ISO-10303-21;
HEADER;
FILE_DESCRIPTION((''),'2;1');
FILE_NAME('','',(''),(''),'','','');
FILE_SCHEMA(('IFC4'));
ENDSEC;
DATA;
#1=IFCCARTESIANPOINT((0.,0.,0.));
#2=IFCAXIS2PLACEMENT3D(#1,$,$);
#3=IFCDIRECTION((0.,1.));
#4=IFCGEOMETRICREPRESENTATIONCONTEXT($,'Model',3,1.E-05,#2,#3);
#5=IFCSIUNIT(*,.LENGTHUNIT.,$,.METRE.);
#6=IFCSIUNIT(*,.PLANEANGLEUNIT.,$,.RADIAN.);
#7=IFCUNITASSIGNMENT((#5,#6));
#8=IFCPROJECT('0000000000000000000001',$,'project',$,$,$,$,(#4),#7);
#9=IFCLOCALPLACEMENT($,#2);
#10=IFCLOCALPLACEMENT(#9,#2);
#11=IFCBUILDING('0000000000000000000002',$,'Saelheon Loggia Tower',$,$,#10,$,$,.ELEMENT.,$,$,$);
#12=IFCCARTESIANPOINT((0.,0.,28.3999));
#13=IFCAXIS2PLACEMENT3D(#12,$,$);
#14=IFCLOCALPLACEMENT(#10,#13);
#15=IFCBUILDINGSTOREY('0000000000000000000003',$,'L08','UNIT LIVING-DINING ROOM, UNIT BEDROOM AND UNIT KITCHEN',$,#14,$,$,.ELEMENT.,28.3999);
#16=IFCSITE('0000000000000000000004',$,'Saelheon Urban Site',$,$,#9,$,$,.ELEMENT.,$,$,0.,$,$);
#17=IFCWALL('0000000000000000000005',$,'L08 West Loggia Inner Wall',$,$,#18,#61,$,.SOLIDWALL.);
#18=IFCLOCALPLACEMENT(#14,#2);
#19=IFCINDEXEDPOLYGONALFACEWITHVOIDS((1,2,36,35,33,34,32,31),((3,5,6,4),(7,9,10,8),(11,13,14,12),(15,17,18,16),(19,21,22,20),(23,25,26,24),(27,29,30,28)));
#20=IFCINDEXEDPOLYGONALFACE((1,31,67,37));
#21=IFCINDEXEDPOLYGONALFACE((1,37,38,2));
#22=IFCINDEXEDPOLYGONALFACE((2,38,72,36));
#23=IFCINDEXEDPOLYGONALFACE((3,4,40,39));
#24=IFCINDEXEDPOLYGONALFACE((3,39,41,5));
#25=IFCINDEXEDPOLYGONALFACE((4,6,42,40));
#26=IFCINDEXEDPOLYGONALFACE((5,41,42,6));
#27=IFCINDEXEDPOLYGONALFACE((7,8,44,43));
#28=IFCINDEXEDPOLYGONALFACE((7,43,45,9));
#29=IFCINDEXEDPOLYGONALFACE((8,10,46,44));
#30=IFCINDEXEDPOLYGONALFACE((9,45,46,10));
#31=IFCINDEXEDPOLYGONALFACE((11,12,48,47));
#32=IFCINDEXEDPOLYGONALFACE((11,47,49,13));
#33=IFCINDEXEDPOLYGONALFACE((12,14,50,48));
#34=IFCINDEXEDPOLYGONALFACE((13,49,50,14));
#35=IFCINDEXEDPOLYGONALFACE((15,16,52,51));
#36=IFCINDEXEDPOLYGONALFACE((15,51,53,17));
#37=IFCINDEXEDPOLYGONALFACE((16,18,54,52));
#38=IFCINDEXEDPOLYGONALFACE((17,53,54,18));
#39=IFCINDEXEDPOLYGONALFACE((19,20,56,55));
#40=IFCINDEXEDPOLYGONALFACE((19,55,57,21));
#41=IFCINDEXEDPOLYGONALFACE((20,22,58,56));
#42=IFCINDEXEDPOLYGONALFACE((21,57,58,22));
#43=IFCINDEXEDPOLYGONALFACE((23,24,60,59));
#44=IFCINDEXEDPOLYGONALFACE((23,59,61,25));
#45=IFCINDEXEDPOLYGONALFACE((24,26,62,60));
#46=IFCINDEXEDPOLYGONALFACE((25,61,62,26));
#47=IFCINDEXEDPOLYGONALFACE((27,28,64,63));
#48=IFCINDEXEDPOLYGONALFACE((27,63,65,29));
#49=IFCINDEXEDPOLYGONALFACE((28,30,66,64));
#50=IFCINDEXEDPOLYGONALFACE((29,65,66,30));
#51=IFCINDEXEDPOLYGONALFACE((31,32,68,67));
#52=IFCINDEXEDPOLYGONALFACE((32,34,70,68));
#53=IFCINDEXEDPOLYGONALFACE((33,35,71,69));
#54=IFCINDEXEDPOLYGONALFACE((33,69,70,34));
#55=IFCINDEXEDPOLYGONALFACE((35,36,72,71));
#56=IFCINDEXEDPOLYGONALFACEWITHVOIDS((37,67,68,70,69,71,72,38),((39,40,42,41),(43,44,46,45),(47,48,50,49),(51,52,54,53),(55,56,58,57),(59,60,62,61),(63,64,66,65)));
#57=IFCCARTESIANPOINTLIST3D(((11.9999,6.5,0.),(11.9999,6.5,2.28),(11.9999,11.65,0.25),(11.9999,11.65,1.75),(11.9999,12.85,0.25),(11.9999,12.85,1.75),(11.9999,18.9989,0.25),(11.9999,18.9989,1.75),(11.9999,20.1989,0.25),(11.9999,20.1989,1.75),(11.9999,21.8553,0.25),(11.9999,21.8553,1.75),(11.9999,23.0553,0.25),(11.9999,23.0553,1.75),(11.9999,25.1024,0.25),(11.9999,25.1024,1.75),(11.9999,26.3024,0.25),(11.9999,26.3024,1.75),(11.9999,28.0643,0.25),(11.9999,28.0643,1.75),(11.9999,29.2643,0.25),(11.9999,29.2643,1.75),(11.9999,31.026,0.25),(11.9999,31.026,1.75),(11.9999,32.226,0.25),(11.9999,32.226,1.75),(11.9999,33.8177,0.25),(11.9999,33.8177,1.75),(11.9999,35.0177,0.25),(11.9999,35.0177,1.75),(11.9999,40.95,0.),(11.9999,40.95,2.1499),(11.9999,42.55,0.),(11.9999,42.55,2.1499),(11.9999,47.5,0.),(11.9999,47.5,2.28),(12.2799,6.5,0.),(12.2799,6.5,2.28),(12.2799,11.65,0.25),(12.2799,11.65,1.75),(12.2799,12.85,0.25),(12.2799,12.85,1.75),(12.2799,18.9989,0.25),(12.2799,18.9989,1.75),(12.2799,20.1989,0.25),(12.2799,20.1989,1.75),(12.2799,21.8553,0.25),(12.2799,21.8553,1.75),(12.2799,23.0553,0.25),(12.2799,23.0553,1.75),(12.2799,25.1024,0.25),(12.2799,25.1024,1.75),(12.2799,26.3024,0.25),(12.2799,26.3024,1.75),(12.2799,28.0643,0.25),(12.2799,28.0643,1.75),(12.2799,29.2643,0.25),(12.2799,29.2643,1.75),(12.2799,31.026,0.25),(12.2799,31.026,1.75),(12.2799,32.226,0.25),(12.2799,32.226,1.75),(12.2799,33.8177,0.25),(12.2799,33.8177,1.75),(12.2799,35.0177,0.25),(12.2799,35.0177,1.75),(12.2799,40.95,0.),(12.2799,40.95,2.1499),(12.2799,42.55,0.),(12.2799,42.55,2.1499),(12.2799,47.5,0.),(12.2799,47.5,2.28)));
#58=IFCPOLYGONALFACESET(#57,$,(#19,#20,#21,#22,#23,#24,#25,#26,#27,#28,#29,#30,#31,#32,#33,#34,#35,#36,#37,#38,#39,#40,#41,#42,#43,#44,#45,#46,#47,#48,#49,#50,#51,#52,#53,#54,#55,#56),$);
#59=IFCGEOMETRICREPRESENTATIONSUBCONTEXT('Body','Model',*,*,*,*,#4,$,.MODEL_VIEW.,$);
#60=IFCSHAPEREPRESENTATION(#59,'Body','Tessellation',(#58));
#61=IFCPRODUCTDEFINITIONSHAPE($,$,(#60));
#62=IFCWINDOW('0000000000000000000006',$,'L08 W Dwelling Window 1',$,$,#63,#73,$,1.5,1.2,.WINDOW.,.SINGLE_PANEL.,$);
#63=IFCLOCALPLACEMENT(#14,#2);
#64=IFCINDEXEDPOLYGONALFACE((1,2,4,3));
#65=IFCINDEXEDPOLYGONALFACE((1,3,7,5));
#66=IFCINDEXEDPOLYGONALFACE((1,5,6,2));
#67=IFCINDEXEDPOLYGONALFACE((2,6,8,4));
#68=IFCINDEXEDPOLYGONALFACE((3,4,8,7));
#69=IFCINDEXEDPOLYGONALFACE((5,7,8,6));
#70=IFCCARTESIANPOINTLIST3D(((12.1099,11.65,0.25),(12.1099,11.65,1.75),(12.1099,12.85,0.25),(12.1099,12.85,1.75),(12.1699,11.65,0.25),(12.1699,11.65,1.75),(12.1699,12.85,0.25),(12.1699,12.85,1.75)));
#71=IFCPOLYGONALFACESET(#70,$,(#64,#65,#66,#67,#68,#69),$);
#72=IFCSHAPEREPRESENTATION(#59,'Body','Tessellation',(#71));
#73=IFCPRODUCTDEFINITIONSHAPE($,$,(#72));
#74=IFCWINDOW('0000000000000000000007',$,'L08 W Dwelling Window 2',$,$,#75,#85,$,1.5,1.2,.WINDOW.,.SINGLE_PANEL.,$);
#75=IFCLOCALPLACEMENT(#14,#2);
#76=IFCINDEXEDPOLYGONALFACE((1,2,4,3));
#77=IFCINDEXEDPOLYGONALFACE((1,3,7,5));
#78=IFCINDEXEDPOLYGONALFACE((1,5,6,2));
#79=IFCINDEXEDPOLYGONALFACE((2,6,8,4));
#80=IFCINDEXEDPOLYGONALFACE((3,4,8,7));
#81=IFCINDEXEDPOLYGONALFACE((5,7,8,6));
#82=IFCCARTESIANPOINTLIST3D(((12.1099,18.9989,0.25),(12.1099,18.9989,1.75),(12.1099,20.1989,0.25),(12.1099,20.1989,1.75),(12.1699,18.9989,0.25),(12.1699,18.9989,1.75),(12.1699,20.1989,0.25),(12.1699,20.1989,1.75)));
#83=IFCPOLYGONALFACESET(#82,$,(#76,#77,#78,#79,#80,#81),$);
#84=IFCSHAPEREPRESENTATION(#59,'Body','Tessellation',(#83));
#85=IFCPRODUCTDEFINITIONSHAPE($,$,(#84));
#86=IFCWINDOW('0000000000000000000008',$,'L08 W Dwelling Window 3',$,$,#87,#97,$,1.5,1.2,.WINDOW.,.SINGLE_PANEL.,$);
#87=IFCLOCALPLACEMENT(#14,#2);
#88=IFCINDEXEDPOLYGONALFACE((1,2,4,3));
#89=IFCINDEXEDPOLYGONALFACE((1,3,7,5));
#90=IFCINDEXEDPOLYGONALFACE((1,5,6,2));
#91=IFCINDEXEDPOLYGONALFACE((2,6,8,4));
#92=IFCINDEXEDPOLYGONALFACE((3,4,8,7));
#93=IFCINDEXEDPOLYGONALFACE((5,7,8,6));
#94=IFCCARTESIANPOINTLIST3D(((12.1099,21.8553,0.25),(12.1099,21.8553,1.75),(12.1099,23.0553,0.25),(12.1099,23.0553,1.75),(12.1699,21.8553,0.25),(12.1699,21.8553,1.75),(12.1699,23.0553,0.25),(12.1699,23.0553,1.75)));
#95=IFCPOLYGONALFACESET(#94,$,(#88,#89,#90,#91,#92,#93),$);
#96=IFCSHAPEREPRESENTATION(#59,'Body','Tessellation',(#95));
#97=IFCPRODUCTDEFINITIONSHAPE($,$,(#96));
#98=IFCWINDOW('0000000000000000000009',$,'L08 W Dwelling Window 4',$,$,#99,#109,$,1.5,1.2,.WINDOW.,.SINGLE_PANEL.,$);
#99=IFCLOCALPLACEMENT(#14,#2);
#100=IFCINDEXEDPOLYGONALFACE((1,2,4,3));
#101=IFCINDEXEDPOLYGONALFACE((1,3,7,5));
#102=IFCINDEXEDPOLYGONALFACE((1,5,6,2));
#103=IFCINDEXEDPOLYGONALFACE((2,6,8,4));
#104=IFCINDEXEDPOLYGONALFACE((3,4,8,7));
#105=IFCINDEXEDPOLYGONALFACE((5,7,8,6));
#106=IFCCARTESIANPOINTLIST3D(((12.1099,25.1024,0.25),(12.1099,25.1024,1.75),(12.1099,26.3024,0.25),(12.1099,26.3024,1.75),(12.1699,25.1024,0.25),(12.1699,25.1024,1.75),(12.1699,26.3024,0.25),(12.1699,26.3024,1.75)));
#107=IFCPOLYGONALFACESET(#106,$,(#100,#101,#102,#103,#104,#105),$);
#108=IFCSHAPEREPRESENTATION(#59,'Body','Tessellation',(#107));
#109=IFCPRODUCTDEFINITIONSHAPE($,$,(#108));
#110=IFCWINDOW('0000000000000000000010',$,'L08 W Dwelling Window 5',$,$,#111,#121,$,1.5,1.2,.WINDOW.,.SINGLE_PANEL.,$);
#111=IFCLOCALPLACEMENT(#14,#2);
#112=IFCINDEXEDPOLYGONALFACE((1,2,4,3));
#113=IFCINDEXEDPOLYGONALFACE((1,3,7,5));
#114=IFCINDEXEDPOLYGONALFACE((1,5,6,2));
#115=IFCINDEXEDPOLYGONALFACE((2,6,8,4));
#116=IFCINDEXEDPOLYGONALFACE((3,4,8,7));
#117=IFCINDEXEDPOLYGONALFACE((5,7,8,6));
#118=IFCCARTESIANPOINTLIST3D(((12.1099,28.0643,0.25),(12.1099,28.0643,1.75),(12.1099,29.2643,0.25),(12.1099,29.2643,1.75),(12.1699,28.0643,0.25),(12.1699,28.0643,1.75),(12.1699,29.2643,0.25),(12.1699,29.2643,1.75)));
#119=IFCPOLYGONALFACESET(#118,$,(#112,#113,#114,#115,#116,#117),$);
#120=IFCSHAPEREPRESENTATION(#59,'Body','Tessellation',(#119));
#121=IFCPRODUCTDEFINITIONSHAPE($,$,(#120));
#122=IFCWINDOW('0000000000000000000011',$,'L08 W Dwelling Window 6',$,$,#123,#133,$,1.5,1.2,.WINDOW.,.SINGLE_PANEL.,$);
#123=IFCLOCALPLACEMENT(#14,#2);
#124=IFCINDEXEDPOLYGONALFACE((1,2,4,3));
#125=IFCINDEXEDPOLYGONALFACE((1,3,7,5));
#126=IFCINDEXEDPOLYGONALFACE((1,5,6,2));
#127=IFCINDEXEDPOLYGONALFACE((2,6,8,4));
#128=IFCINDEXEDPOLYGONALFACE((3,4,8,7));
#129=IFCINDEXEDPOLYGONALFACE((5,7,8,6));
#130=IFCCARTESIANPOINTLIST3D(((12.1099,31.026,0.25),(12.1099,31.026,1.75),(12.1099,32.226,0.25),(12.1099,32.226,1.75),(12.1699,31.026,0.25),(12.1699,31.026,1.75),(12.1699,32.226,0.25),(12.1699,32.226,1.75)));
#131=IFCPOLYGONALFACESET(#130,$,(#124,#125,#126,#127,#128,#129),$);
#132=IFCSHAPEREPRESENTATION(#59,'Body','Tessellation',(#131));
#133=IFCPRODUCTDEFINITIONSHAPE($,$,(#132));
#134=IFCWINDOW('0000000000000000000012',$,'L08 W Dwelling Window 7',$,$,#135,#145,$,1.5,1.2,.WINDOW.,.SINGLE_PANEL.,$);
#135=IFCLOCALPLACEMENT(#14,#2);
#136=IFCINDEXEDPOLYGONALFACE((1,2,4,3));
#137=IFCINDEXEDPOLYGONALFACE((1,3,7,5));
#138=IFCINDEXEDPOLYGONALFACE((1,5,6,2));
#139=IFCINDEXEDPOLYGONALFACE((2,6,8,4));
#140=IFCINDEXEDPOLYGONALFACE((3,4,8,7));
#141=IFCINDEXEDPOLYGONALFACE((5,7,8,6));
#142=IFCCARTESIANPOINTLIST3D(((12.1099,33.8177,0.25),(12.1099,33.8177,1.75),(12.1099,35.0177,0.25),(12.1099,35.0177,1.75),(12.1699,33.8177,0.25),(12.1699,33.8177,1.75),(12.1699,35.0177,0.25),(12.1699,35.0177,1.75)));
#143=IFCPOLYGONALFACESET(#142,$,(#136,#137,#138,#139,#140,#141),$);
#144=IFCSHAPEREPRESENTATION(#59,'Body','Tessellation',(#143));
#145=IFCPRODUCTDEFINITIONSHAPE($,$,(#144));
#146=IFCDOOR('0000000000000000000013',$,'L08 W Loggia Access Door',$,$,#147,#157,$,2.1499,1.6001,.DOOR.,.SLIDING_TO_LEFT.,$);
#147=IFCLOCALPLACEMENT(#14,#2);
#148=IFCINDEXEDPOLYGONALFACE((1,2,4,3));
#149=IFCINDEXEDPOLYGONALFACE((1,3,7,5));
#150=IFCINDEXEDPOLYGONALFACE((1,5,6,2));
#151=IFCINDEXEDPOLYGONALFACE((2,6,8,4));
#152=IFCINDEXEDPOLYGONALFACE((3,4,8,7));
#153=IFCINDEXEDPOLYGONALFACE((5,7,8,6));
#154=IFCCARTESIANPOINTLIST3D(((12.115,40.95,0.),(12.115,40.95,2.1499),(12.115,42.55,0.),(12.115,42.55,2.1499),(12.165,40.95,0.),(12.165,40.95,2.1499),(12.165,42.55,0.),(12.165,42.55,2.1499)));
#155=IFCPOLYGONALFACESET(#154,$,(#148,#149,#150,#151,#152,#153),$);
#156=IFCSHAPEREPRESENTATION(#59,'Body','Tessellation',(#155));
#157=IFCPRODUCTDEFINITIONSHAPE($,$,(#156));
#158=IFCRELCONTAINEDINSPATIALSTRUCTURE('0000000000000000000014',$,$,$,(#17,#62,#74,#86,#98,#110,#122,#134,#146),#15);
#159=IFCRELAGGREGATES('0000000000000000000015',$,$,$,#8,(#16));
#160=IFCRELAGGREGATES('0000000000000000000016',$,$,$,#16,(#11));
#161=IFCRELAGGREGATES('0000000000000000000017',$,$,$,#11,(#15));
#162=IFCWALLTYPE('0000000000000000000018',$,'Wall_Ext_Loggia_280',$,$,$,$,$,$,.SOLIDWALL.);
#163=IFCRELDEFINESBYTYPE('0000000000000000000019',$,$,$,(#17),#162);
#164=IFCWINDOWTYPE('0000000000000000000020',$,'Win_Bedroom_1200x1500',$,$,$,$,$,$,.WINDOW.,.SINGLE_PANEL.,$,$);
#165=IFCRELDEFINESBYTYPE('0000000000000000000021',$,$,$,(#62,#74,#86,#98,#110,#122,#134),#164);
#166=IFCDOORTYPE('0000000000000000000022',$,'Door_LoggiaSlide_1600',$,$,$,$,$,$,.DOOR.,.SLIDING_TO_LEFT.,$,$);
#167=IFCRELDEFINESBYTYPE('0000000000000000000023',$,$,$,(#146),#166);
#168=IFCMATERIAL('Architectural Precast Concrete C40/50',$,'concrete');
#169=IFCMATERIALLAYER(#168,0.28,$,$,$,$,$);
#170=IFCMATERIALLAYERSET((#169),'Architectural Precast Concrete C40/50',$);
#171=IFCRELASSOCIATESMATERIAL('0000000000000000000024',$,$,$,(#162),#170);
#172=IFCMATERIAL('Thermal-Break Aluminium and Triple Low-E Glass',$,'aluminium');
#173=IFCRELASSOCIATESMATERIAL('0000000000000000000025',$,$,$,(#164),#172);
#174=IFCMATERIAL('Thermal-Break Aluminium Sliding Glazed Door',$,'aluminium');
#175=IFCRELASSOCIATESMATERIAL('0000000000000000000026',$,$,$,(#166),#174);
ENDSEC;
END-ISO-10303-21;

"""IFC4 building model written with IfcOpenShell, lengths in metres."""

from ifc_helpers import new_model, si_unit, direction, frame, frame_2d, origin, place, context, subcontext, project, spatial, rectangle, extrude, source, transform, mapped, material, layer, layer_set, type_object, element, fill, save


model = new_model("IFC4")

# Units and contexts
model_context = context("Model", 3, precision=1e-05, world=origin(), true_north=direction((0.0, 1.0)))
body_context = subcontext(model_context, "Body", "Model", "MODEL_VIEW")
ifc_project = project(units=[si_unit("LENGTHUNIT", "METRE"), si_unit("PLANEANGLEUNIT", "RADIAN")], contexts=[model_context])

# Site, building, storey
site_placement = place(None, origin())
site = spatial("IfcSite", under=ifc_project, at=site_placement, Name="Saelheon Urban Site", CompositionType="ELEMENT", RefElevation=0.0)
building_placement = place(site_placement, origin())
building = spatial("IfcBuilding", under=site, at=building_placement, Name="Saelheon Loggia Tower", CompositionType="ELEMENT")
storey_placement = place(building_placement, frame((0.0, 0.0, 28.3999)))
storey = spatial("IfcBuildingStorey", under=building, at=storey_placement, Name="L08", Description="UNIT LIVING-DINING ROOM, UNIT BEDROOM AND UNIT KITCHEN", CompositionType="ELEMENT", Elevation=28.3999)

# Wall, openings, windows, door
ifc_material_1 = material(Name="Architectural Precast Concrete C40/50", Category="concrete")
ifc_layer_1 = layer(ifc_material_1, 0.28)
ifc_layer_set_1 = layer_set([ifc_layer_1], Name="Architectural Precast Concrete C40/50")
wall_type = type_object("IfcWallType", Name="Wall_Ext_Loggia_280", PredefinedType="SOLIDWALL", material=ifc_layer_set_1)
wall_1_placement = place(storey_placement, frame((12.1399, 6.5, 0.0), z_axis=(0.0, 0.0, 1.0), x_axis=(0.0, 1.0, 0.0)))
wall_1 = element("IfcWall", 1, at=wall_1_placement, inside=storey, type_object=wall_type, Name="L08 West Loggia Inner Wall", PredefinedType="SOLIDWALL", context=body_context, shape_type="SweptSolid", body=[
    extrude(rectangle(XDim=41.0, YDim=0.28, at=frame_2d((20.5, 0.0))), origin(), (0.0, 0.0, 1.0), 2.28),
])
opening_1_placement = place(wall_1_placement, frame((5.1499, 0.0, 0.25)))
opening_1 = element("IfcOpeningElement", 2, at=opening_1_placement, cuts=wall_1, PredefinedType="OPENING", context=body_context, shape_type="SweptSolid", body=[
    extrude(rectangle(XDim=1.2, YDim=1.5, at=frame_2d((0.6001, 0.75))), frame((0.0, 0.1521, 0.0), z_axis=(0.0, -1.0, 0.0), x_axis=(1.0, 0.0, 0.0)), (0.0, 0.0, 1.0), 0.304),
])
opening_2_placement = place(wall_1_placement, frame((12.4988, 0.0, 0.25)))
opening_2 = element("IfcOpeningElement", 3, at=opening_2_placement, cuts=wall_1, PredefinedType="OPENING", context=body_context, shape_type="SweptSolid", body=[
    extrude(rectangle(XDim=1.2, YDim=1.5, at=frame_2d((0.6001, 0.75))), frame((0.0, 0.1521, 0.0), z_axis=(0.0, -1.0, 0.0), x_axis=(1.0, 0.0, 0.0)), (0.0, 0.0, 1.0), 0.304),
])
opening_3_placement = place(wall_1_placement, frame((15.3552, 0.0, 0.25)))
opening_3 = element("IfcOpeningElement", 4, at=opening_3_placement, cuts=wall_1, PredefinedType="OPENING", context=body_context, shape_type="SweptSolid", body=[
    extrude(rectangle(XDim=1.2, YDim=1.5, at=frame_2d((0.6001, 0.75))), frame((0.0, 0.1521, 0.0), z_axis=(0.0, -1.0, 0.0), x_axis=(1.0, 0.0, 0.0)), (0.0, 0.0, 1.0), 0.304),
])
opening_4_placement = place(wall_1_placement, frame((18.6023, 0.0, 0.25)))
opening_4 = element("IfcOpeningElement", 5, at=opening_4_placement, cuts=wall_1, PredefinedType="OPENING", context=body_context, shape_type="SweptSolid", body=[
    extrude(rectangle(XDim=1.2, YDim=1.5, at=frame_2d((0.6001, 0.75))), frame((0.0, 0.1521, 0.0), z_axis=(0.0, -1.0, 0.0), x_axis=(1.0, 0.0, 0.0)), (0.0, 0.0, 1.0), 0.304),
])
opening_5_placement = place(wall_1_placement, frame((21.5642, 0.0, 0.25)))
opening_5 = element("IfcOpeningElement", 6, at=opening_5_placement, cuts=wall_1, PredefinedType="OPENING", context=body_context, shape_type="SweptSolid", body=[
    extrude(rectangle(XDim=1.2, YDim=1.5, at=frame_2d((0.6001, 0.75))), frame((0.0, 0.1521, 0.0), z_axis=(0.0, -1.0, 0.0), x_axis=(1.0, 0.0, 0.0)), (0.0, 0.0, 1.0), 0.304),
])
opening_6_placement = place(wall_1_placement, frame((24.5259, 0.0, 0.25)))
opening_6 = element("IfcOpeningElement", 7, at=opening_6_placement, cuts=wall_1, PredefinedType="OPENING", context=body_context, shape_type="SweptSolid", body=[
    extrude(rectangle(XDim=1.2, YDim=1.5, at=frame_2d((0.6001, 0.75))), frame((0.0, 0.1521, 0.0), z_axis=(0.0, -1.0, 0.0), x_axis=(1.0, 0.0, 0.0)), (0.0, 0.0, 1.0), 0.304),
])
opening_7_placement = place(wall_1_placement, frame((27.3176, 0.0, 0.25)))
opening_7 = element("IfcOpeningElement", 8, at=opening_7_placement, cuts=wall_1, PredefinedType="OPENING", context=body_context, shape_type="SweptSolid", body=[
    extrude(rectangle(XDim=1.2, YDim=1.5, at=frame_2d((0.6001, 0.75))), frame((0.0, 0.1521, 0.0), z_axis=(0.0, -1.0, 0.0), x_axis=(1.0, 0.0, 0.0)), (0.0, 0.0, 1.0), 0.304),
])
opening_8_placement = place(wall_1_placement, frame((34.45, 0.0, 0.0)))
opening_8 = element("IfcOpeningElement", 9, at=opening_8_placement, cuts=wall_1, PredefinedType="OPENING", context=body_context, shape_type="SweptSolid", body=[
    extrude(rectangle(XDim=1.6001, YDim=2.1499, at=frame_2d((0.8, 1.075))), frame((0.0, 0.1521, 0.0), z_axis=(0.0, -1.0, 0.0), x_axis=(1.0, 0.0, 0.0)), (0.0, 0.0, 1.0), 0.304),
])
ifc_material_2 = material(Name="Thermal-Break Aluminium and Triple Low-E Glass", Category="aluminium")
window_type = type_object("IfcWindowType", Name="Win_Bedroom_1200x1500", PartitioningType="SINGLE_PANEL", PredefinedType="WINDOW", material=ifc_material_2)
shared_shape_1 = source(origin(), body_context, "Body", "SweptSolid", [
    extrude(rectangle(XDim=1.2, YDim=1.5, at=frame_2d((0.6001, 0.75))), frame((0.0, 0.03, 0.0), z_axis=(0.0, -1.0, 0.0), x_axis=(1.0, 0.0, 0.0)), (0.0, 0.0, 1.0), 0.0601),
])
window_1_placement = place(opening_1_placement, origin())
window_1 = element("IfcWindow", 10, at=window_1_placement, inside=storey, type_object=window_type, Name="L08 W Dwelling Window 1", OverallHeight=1.5, OverallWidth=1.2, PartitioningType="SINGLE_PANEL", PredefinedType="WINDOW", context=body_context, shape_type="MappedRepresentation", body=[
    mapped(shared_shape_1, transform((0.0, 0.0, 0.0), scale=1.0)),
])
fill(opening_1, window_1)
window_2_placement = place(opening_2_placement, origin())
window_2 = element("IfcWindow", 11, at=window_2_placement, inside=storey, type_object=window_type, Name="L08 W Dwelling Window 2", OverallHeight=1.5, OverallWidth=1.2, PartitioningType="SINGLE_PANEL", PredefinedType="WINDOW", context=body_context, shape_type="MappedRepresentation", body=[
    mapped(shared_shape_1, transform((0.0, 0.0, 0.0), scale=1.0)),
])
fill(opening_2, window_2)
window_3_placement = place(opening_3_placement, origin())
window_3 = element("IfcWindow", 12, at=window_3_placement, inside=storey, type_object=window_type, Name="L08 W Dwelling Window 3", OverallHeight=1.5, OverallWidth=1.2, PartitioningType="SINGLE_PANEL", PredefinedType="WINDOW", context=body_context, shape_type="MappedRepresentation", body=[
    mapped(shared_shape_1, transform((0.0, 0.0, 0.0), scale=1.0)),
])
fill(opening_3, window_3)
window_4_placement = place(opening_4_placement, origin())
window_4 = element("IfcWindow", 13, at=window_4_placement, inside=storey, type_object=window_type, Name="L08 W Dwelling Window 4", OverallHeight=1.5, OverallWidth=1.2, PartitioningType="SINGLE_PANEL", PredefinedType="WINDOW", context=body_context, shape_type="MappedRepresentation", body=[
    mapped(shared_shape_1, transform((0.0, 0.0, 0.0), scale=1.0)),
])
fill(opening_4, window_4)
window_5_placement = place(opening_5_placement, origin())
window_5 = element("IfcWindow", 14, at=window_5_placement, inside=storey, type_object=window_type, Name="L08 W Dwelling Window 5", OverallHeight=1.5, OverallWidth=1.2, PartitioningType="SINGLE_PANEL", PredefinedType="WINDOW", context=body_context, shape_type="MappedRepresentation", body=[
    mapped(shared_shape_1, transform((0.0, 0.0, 0.0), scale=1.0)),
])
fill(opening_5, window_5)
window_6_placement = place(opening_6_placement, origin())
window_6 = element("IfcWindow", 15, at=window_6_placement, inside=storey, type_object=window_type, Name="L08 W Dwelling Window 6", OverallHeight=1.5, OverallWidth=1.2, PartitioningType="SINGLE_PANEL", PredefinedType="WINDOW", context=body_context, shape_type="MappedRepresentation", body=[
    mapped(shared_shape_1, transform((0.0, 0.0, 0.0), scale=1.0)),
])
fill(opening_6, window_6)
window_7_placement = place(opening_7_placement, origin())
window_7 = element("IfcWindow", 16, at=window_7_placement, inside=storey, type_object=window_type, Name="L08 W Dwelling Window 7", OverallHeight=1.5, OverallWidth=1.2, PartitioningType="SINGLE_PANEL", PredefinedType="WINDOW", context=body_context, shape_type="MappedRepresentation", body=[
    mapped(shared_shape_1, transform((0.0, 0.0, 0.0), scale=1.0)),
])
fill(opening_7, window_7)
ifc_material_3 = material(Name="Thermal-Break Aluminium Sliding Glazed Door", Category="aluminium")
door_type = type_object("IfcDoorType", Name="Door_LoggiaSlide_1600", OperationType="SLIDING_TO_LEFT", PredefinedType="DOOR", material=ifc_material_3)
shared_shape_2 = source(origin(), body_context, "Body", "SweptSolid", [
    extrude(rectangle(XDim=1.6001, YDim=2.1499, at=frame_2d((0.8, 1.075))), frame((0.0, 0.0249, 0.0), z_axis=(0.0, -1.0, 0.0), x_axis=(1.0, 0.0, 0.0)), (0.0, 0.0, 1.0), 0.05),
])
door_placement = place(opening_8_placement, origin())
door = element("IfcDoor", 17, at=door_placement, inside=storey, type_object=door_type, Name="L08 W Loggia Access Door", OperationType="SLIDING_TO_LEFT", OverallHeight=2.1499, OverallWidth=1.6001, PredefinedType="DOOR", context=body_context, shape_type="MappedRepresentation", body=[
    mapped(shared_shape_2, transform((0.0, 0.0, 0.0), scale=1.0)),
])
fill(opening_8, door)

save(model, "model.ifc")
